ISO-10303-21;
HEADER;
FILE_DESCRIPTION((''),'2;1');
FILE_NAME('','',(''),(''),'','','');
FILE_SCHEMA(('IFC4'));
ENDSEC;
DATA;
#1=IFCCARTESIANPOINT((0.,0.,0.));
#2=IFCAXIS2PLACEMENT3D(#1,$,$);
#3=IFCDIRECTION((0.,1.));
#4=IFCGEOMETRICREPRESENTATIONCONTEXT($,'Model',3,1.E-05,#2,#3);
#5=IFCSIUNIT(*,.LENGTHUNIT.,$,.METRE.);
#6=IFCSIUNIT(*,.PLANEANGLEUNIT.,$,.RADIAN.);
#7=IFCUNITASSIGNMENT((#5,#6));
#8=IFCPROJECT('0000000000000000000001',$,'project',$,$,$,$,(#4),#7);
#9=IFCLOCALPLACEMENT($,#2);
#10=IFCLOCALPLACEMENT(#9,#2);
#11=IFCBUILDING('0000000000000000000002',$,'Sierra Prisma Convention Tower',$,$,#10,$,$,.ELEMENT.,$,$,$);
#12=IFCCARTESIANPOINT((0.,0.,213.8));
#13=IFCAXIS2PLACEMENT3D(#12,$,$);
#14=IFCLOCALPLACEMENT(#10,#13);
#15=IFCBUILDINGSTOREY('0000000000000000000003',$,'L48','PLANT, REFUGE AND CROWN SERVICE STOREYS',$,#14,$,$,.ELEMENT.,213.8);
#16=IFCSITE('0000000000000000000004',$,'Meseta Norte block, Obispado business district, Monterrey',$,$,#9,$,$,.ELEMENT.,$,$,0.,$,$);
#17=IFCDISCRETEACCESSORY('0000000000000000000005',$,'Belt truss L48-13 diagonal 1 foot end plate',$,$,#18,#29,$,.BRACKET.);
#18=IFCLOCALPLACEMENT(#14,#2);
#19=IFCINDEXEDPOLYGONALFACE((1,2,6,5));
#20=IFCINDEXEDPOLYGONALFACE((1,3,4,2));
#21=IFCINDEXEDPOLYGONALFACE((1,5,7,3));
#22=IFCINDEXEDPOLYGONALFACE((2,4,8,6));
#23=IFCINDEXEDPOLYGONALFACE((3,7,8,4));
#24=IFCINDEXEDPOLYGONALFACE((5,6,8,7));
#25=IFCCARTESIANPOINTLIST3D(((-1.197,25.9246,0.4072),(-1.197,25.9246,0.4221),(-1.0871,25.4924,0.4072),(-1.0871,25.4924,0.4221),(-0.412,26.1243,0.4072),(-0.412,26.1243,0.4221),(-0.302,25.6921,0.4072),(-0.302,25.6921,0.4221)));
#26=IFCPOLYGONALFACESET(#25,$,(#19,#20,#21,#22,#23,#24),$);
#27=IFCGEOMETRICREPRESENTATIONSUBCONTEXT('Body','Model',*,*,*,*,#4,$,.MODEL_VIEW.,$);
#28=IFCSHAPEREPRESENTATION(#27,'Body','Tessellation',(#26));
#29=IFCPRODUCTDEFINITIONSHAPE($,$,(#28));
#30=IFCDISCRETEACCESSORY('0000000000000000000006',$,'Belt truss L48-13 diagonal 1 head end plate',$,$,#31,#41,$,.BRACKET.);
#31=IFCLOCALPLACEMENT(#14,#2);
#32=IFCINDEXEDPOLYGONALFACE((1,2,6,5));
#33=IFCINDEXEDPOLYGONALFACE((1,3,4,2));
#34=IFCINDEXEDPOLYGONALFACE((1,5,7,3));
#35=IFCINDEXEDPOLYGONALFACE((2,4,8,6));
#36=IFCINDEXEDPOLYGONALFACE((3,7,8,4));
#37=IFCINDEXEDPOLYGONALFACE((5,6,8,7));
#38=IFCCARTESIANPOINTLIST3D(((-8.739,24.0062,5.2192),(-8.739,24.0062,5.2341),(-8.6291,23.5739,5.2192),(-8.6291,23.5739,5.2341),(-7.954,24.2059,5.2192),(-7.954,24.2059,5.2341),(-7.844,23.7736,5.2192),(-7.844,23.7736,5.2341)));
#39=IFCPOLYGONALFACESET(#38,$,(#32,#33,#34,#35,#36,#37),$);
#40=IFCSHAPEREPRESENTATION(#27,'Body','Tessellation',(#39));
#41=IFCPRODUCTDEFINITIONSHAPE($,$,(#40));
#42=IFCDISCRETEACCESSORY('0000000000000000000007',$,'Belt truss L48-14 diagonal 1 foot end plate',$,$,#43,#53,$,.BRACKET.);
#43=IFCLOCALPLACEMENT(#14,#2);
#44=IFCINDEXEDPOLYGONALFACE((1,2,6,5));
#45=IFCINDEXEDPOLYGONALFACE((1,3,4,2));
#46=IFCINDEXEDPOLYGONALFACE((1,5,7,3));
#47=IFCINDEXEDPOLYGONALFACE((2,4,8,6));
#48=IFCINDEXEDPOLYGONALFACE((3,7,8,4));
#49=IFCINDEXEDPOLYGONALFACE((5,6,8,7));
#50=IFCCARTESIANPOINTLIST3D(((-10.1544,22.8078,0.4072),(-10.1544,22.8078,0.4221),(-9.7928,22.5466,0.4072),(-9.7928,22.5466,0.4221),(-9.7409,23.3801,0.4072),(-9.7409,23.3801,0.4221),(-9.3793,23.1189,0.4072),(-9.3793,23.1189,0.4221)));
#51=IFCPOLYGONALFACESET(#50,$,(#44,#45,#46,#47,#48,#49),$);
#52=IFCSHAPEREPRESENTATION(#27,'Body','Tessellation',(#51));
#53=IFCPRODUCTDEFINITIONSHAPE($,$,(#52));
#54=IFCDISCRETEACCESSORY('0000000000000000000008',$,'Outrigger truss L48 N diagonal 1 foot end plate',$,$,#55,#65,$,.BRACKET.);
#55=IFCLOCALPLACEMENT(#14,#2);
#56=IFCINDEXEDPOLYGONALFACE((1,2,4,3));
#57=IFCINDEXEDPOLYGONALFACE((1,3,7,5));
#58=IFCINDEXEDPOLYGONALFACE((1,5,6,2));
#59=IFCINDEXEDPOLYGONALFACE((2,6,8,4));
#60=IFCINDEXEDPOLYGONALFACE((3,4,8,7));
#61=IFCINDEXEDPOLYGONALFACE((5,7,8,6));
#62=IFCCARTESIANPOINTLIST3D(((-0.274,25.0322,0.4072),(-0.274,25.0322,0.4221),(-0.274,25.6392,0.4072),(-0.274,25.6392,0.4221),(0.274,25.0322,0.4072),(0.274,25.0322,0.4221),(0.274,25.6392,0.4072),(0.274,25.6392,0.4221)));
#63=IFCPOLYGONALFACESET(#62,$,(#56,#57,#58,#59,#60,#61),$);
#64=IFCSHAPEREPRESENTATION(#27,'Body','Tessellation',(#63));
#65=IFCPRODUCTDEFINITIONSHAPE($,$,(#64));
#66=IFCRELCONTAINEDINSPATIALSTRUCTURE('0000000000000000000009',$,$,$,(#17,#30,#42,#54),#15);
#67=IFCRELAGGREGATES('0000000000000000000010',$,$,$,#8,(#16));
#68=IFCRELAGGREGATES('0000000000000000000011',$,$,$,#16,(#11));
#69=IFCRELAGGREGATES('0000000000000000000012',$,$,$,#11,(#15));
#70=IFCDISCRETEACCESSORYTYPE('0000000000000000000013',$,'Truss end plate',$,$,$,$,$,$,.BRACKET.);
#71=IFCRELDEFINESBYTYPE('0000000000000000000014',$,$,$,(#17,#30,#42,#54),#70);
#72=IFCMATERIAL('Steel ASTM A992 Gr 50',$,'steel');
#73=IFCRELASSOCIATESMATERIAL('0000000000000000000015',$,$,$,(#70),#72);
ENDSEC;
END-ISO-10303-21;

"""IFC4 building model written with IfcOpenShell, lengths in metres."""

from ifc_helpers import new_model, si_unit, direction, frame, origin, origin_2d, place, context, subcontext, project, spatial, rectangle, extrude, material, type_object, element, save


model = new_model("IFC4")

# Units and contexts
model_context = context("Model", 3, precision=1e-05, world=origin(), true_north=direction((0.0, 1.0)))
body_context = subcontext(model_context, "Body", "Model", "MODEL_VIEW")
ifc_project = project(units=[si_unit("LENGTHUNIT", "METRE"), si_unit("PLANEANGLEUNIT", "RADIAN")], contexts=[model_context])

# Site, building, storey
site_placement = place(None, origin())
site = spatial("IfcSite", under=ifc_project, at=site_placement, Name="Meseta Norte block, Obispado business district, Monterrey", CompositionType="ELEMENT", RefElevation=0.0)
building_placement = place(site_placement, origin())
building = spatial("IfcBuilding", under=site, at=building_placement, Name="Sierra Prisma Convention Tower", CompositionType="ELEMENT")
storey_placement = place(building_placement, frame((0.0, 0.0, 213.8)))
storey = spatial("IfcBuildingStorey", under=building, at=storey_placement, Name="L48", Description="PLANT, REFUGE AND CROWN SERVICE STOREYS", CompositionType="ELEMENT", Elevation=213.8)

# Discrete accessories
ifc_material_1 = material(Name="Steel ASTM A992 Gr 50", Category="steel")
discrete_accessory_type = type_object("IfcDiscreteAccessoryType", Name="Truss end plate", PredefinedType="BRACKET", material=ifc_material_1)
for number, where, z_axis, x_axis, name in (
    (1, (-0.7495, 25.8083, 0.4072), (0.0, 0.0, 1.0), (-0.96914, -0.246512, 0.0), "Belt truss L48-13 diagonal 1 foot end plate"),
    (2, (-8.2915, 23.8899, 5.2192), (0.0, 0.0, 1.0), (-0.96914, -0.246512, 0.0), "Belt truss L48-13 diagonal 1 head end plate"),
):
    element("IfcDiscreteAccessory", number, at=place(storey_placement, frame(where, z_axis=z_axis, x_axis=x_axis)), inside=storey, type_object=discrete_accessory_type, Name=name, PredefinedType="BRACKET", context=body_context, shape_type="SweptSolid", body=[
        extrude(rectangle(XDim=0.8101, YDim=0.446, at=origin_2d()), origin(), (0.0, 0.0, 1.0), 0.0149),
    ])
discrete_accessory_1_placement = place(storey_placement, frame((-9.7668, 22.9634, 0.4072), z_axis=(0.0, 0.0, 1.0), x_axis=(-0.585644, -0.810568, 0.0)))
element("IfcDiscreteAccessory", 3, at=discrete_accessory_1_placement, inside=storey, type_object=discrete_accessory_type, Name="Belt truss L48-14 diagonal 1 foot end plate", PredefinedType="BRACKET", context=body_context, shape_type="SweptSolid", body=[
    extrude(rectangle(XDim=0.7061, YDim=0.446, at=origin_2d()), origin(), (0.0, 0.0, 1.0), 0.0149),
])
discrete_accessory_2_placement = place(storey_placement, frame((0.0, 25.3357, 0.4072), z_axis=(0.0, 0.0, 1.0), x_axis=(0.0, -1.0, 0.0)))
element("IfcDiscreteAccessory", 4, at=discrete_accessory_2_placement, inside=storey, type_object=discrete_accessory_type, Name="Outrigger truss L48 N diagonal 1 foot end plate", PredefinedType="BRACKET", context=body_context, shape_type="SweptSolid", body=[
    extrude(rectangle(XDim=0.6069, YDim=0.5481, at=origin_2d()), origin(), (0.0, 0.0, 1.0), 0.0149),
])

save(model, "model.ifc")
